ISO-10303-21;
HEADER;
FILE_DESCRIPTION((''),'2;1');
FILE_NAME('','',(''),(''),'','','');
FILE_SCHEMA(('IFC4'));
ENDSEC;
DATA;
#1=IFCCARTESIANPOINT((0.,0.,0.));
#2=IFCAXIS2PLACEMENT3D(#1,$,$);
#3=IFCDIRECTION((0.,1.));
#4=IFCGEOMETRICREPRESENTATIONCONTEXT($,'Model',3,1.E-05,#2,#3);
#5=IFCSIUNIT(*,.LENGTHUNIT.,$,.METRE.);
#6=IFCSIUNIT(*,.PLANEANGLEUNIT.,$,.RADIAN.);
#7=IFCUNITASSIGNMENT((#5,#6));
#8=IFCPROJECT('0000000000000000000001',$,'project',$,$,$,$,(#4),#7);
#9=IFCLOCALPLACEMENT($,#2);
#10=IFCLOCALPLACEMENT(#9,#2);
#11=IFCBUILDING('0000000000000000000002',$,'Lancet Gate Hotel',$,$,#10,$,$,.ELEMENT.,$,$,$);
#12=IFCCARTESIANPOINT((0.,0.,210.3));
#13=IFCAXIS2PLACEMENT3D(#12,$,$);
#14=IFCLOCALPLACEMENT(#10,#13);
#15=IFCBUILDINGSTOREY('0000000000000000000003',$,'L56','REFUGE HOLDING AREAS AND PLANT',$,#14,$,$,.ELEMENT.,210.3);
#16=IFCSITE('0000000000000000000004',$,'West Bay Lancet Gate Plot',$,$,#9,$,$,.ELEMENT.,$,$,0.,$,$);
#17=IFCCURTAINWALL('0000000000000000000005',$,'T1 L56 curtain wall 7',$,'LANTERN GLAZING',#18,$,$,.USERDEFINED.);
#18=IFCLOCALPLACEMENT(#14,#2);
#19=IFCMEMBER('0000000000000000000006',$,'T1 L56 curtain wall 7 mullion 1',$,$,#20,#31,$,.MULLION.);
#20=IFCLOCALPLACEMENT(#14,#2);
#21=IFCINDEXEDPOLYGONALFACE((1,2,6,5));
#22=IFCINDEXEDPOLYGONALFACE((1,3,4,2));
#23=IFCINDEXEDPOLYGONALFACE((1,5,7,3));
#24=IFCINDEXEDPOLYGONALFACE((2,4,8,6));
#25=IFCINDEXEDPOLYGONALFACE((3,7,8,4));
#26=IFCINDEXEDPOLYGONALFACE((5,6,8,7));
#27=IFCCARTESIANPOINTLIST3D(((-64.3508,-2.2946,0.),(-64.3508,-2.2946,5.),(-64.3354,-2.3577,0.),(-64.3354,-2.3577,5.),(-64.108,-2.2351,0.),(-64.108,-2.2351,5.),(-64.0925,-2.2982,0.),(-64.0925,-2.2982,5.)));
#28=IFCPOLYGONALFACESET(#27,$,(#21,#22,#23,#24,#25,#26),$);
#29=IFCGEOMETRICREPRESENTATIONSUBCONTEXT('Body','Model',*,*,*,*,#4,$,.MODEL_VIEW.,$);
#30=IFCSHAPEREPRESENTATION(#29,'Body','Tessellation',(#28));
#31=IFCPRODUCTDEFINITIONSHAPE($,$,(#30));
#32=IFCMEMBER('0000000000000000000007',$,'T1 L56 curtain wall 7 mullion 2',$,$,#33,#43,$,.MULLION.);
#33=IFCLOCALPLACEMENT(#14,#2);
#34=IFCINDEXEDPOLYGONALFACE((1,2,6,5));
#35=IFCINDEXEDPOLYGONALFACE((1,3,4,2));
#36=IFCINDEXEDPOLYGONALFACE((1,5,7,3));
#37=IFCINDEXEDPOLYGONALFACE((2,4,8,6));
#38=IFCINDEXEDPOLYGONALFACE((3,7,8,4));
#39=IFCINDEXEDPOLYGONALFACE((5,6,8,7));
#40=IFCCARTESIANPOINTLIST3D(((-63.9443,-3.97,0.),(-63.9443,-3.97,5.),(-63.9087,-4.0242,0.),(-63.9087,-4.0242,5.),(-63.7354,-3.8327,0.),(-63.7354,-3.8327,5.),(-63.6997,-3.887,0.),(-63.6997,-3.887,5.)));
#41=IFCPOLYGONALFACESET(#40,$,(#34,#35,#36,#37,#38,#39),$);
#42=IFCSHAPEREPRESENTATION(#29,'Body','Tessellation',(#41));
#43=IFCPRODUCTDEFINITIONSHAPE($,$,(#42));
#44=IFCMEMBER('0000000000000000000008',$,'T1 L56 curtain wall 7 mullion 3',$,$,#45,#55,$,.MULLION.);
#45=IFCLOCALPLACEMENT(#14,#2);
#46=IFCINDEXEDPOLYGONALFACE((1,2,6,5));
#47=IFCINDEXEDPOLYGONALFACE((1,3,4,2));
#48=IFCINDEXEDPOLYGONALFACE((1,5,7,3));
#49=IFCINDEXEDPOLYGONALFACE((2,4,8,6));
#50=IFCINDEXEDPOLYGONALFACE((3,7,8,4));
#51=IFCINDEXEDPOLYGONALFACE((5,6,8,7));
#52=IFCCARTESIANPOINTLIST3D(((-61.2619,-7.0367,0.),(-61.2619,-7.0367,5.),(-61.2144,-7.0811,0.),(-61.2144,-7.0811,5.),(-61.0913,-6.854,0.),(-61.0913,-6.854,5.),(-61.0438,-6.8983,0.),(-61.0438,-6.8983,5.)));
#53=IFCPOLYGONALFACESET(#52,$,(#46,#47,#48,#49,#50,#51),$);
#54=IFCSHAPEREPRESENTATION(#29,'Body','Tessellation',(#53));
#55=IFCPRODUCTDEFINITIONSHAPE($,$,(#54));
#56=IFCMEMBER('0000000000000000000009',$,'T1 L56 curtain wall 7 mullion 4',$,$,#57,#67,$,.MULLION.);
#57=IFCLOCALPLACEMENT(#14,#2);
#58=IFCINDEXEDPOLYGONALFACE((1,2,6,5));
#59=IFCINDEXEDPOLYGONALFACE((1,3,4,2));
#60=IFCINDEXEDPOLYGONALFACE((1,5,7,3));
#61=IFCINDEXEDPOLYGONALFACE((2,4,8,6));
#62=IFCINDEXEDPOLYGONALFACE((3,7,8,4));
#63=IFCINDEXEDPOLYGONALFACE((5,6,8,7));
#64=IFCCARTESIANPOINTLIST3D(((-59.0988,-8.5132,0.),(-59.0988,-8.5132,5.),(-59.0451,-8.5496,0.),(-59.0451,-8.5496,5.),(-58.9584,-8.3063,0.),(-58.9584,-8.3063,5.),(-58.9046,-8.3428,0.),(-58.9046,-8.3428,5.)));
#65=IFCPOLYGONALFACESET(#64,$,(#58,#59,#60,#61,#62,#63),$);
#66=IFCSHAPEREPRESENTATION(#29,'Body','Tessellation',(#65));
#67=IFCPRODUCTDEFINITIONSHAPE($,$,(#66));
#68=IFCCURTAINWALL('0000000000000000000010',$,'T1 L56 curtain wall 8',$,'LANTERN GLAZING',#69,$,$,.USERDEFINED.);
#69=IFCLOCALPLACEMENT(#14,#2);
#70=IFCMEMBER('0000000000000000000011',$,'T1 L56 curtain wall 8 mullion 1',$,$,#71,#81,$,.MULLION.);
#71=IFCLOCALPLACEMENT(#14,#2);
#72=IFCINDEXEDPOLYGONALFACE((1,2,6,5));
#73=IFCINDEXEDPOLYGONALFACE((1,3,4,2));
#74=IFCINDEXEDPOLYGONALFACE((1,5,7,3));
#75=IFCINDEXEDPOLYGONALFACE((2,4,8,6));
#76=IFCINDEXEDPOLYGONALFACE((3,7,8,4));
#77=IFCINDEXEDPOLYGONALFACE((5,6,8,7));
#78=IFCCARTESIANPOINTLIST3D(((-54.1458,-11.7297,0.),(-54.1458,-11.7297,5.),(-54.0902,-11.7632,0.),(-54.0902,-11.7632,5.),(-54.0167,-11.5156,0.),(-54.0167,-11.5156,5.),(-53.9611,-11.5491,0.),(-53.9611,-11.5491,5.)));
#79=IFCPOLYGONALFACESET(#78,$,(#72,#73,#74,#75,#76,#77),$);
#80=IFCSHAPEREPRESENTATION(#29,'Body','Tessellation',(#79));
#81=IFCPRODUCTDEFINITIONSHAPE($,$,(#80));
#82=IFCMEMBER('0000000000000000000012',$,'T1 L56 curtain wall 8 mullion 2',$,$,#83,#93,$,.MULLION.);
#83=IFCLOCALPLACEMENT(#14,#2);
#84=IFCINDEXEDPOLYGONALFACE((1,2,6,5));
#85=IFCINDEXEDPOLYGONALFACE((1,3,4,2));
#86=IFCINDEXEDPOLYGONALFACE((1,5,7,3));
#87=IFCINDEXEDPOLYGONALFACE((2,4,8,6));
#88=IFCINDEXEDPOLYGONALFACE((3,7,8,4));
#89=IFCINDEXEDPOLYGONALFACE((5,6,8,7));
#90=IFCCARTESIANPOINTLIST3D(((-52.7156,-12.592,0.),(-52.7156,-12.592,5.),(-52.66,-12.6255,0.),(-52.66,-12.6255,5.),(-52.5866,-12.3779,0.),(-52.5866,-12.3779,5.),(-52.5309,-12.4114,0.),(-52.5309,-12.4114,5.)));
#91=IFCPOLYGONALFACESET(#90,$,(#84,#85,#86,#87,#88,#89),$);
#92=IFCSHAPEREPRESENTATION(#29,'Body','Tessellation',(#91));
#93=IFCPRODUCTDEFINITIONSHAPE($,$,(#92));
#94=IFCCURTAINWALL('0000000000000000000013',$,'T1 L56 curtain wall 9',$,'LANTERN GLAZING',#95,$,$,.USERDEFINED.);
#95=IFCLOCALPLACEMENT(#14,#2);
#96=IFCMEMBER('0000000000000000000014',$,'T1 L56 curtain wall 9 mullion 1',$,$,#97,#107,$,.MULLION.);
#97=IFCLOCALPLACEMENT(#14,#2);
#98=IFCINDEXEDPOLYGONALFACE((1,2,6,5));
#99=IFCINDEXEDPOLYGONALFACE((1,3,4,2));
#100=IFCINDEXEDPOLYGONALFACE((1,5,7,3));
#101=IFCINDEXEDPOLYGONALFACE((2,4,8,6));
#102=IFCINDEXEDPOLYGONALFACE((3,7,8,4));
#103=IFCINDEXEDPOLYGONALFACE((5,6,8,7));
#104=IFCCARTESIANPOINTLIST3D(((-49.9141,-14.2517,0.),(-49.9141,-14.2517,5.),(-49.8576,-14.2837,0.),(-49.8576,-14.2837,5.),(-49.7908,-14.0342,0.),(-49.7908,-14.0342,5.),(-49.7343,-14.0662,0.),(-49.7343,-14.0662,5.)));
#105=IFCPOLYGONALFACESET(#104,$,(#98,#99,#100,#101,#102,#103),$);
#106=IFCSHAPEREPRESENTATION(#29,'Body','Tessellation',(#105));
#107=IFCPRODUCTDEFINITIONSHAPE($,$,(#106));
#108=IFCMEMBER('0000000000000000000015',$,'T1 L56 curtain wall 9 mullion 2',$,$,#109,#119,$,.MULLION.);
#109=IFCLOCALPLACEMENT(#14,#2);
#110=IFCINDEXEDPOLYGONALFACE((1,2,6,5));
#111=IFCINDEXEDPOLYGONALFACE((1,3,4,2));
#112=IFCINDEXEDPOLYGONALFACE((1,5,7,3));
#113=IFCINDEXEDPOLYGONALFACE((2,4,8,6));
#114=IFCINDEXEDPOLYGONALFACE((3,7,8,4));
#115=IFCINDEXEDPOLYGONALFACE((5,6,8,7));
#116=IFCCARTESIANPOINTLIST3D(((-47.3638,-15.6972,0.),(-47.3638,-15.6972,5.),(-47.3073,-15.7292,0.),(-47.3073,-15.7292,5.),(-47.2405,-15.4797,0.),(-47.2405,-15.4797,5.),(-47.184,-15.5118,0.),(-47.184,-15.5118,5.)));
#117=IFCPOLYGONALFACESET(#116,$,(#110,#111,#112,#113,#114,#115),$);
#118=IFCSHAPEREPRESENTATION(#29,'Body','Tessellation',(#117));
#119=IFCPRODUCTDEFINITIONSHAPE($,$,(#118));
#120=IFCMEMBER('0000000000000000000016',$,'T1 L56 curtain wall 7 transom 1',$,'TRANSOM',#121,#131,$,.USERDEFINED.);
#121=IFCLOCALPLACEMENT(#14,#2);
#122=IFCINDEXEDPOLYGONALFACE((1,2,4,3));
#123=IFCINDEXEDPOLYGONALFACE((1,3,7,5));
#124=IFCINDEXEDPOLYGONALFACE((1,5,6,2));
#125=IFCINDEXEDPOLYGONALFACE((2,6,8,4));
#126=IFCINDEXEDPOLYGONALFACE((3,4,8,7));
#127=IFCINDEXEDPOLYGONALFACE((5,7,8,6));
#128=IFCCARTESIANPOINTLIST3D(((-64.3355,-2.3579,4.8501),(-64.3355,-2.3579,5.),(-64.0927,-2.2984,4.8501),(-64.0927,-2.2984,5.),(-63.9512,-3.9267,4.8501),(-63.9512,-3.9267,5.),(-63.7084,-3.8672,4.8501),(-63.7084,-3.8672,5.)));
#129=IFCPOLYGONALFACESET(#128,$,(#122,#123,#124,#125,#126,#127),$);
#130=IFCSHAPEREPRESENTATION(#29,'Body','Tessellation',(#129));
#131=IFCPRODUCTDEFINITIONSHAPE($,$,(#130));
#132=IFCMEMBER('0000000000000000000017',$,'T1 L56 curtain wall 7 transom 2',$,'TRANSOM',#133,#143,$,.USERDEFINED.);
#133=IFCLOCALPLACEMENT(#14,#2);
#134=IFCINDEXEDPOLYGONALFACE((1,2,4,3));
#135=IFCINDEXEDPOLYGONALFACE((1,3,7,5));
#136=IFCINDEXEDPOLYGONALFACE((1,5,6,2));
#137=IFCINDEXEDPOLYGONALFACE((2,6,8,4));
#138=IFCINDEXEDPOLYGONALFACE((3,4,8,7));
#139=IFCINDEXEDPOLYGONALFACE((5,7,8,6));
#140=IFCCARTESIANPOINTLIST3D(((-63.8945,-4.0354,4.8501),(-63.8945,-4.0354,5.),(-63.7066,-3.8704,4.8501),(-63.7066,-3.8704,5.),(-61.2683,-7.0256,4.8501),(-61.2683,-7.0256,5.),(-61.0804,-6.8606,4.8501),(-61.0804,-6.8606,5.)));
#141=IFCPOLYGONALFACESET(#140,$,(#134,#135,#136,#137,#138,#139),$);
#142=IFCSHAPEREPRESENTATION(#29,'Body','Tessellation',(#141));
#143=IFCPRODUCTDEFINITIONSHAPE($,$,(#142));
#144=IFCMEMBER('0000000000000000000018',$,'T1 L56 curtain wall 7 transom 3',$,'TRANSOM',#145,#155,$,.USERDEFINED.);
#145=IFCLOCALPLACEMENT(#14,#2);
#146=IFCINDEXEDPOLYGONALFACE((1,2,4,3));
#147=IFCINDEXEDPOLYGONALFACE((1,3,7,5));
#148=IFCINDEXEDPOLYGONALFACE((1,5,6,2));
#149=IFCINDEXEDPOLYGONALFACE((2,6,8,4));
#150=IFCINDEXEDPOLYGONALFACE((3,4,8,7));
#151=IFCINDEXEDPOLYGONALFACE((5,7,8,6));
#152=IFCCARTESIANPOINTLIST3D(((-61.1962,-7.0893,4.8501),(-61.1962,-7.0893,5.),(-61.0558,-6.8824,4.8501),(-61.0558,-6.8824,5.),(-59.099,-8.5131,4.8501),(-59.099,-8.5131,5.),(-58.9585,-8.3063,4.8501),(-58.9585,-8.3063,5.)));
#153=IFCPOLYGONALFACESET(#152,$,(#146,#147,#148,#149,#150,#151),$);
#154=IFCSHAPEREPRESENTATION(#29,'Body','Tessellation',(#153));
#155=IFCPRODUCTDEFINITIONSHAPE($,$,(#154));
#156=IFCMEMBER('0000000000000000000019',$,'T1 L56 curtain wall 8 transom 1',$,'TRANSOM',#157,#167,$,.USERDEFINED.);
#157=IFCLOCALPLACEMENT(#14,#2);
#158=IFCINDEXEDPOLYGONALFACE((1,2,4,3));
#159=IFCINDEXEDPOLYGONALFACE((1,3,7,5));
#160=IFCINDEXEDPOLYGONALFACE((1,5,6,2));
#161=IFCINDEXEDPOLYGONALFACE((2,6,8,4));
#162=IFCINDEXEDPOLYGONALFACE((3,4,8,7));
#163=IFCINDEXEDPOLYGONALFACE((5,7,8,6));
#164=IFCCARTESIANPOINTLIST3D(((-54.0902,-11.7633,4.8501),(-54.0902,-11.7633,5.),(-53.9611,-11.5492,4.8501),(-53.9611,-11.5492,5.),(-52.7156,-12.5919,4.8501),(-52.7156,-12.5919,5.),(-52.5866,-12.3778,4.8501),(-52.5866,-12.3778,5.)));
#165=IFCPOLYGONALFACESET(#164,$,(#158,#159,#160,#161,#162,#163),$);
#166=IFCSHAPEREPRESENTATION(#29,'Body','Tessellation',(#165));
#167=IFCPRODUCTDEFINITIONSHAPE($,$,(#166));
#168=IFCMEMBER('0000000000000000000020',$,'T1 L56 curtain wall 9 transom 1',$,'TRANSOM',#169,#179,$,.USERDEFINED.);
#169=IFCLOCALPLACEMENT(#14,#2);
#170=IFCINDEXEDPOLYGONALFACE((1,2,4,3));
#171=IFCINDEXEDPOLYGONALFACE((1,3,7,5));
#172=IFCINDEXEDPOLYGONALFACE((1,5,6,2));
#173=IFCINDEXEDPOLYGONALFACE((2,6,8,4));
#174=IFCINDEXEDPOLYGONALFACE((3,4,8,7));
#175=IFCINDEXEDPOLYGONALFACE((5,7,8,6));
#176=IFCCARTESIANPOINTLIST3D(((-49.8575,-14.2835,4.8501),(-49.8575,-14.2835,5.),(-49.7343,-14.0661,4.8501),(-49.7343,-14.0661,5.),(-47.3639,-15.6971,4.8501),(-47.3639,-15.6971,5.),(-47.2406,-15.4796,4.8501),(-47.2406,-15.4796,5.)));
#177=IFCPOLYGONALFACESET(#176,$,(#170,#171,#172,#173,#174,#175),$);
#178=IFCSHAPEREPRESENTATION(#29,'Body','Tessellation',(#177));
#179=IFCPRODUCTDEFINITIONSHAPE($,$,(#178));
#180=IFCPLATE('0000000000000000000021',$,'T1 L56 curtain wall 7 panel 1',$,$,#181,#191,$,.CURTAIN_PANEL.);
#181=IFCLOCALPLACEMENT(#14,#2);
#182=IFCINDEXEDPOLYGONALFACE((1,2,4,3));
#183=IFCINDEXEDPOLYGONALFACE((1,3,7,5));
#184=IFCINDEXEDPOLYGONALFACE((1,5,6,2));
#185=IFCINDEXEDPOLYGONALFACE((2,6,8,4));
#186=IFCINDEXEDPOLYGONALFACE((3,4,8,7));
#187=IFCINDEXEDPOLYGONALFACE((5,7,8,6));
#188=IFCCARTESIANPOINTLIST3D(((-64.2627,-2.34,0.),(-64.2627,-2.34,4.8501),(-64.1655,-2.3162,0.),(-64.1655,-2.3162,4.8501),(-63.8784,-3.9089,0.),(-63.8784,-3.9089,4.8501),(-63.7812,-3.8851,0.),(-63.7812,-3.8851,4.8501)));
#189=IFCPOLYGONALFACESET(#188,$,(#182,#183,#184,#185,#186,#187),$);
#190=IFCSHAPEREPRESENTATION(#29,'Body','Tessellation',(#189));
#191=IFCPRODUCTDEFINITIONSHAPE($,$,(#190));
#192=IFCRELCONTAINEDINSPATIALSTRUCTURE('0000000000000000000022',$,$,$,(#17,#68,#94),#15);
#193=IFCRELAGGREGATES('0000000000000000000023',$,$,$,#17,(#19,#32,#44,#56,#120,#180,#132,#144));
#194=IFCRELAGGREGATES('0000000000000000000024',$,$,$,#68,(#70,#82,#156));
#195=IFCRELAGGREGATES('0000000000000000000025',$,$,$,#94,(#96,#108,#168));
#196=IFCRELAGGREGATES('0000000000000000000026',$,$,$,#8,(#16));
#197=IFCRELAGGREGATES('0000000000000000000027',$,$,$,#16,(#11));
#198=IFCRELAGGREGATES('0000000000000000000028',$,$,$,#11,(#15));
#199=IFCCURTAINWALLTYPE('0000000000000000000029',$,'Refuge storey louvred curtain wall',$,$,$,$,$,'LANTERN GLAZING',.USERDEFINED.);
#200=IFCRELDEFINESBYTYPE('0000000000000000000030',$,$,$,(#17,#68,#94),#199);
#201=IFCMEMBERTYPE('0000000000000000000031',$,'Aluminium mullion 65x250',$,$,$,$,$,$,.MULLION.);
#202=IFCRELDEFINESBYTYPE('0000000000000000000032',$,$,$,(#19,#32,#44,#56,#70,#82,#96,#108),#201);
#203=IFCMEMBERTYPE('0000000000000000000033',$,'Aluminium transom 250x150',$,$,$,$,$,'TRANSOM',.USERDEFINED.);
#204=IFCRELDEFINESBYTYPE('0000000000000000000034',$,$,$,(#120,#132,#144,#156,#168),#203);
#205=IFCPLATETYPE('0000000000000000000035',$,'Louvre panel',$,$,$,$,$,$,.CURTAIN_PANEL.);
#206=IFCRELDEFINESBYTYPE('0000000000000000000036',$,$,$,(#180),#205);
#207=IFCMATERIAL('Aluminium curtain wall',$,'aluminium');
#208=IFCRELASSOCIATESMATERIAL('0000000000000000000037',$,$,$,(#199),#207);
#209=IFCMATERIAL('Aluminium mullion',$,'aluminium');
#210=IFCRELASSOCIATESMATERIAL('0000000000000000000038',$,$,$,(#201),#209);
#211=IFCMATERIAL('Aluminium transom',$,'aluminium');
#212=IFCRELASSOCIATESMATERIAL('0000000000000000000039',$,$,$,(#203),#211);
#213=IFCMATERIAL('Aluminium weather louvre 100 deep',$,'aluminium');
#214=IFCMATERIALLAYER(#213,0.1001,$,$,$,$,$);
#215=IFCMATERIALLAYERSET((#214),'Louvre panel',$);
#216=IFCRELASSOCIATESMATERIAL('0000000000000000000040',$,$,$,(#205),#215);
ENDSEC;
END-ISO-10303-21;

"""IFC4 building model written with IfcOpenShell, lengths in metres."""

from ifc_helpers import new_model, si_unit, direction, frame, origin, origin_2d, place, context, subcontext, project, spatial, rectangle, extrude, material, layer, layer_set, material_profile, profile_set, type_object, element, aggregate, save


model = new_model("IFC4")

# Units and contexts
model_context = context("Model", 3, precision=1e-05, world=origin(), true_north=direction((0.0, 1.0)))
body_context = subcontext(model_context, "Body", "Model", "MODEL_VIEW")
ifc_project = project(units=[si_unit("LENGTHUNIT", "METRE"), si_unit("PLANEANGLEUNIT", "RADIAN")], contexts=[model_context])

# Site, building, storey
site_placement = place(None, origin())
site = spatial("IfcSite", under=ifc_project, at=site_placement, Name="West Bay Lancet Gate Plot", CompositionType="ELEMENT", RefElevation=0.0)
building_placement = place(site_placement, origin())
building = spatial("IfcBuilding", under=site, at=building_placement, Name="Lancet Gate Hotel", CompositionType="ELEMENT")
storey_placement = place(building_placement, frame((0.0, 0.0, 210.3)))
storey = spatial("IfcBuildingStorey", under=building, at=storey_placement, Name="L56", Description="REFUGE HOLDING AREAS AND PLANT", CompositionType="ELEMENT", Elevation=210.3)

# Curtain walls, members
ifc_material_1 = material(Name="Aluminium curtain wall", Category="aluminium")
curtain_wall_type = type_object("IfcCurtainWallType", Name="Refuge storey louvred curtain wall", ElementType="LANTERN GLAZING", PredefinedType="USERDEFINED", material=ifc_material_1)
curtain_wall_1_placement = place(storey_placement, origin())
curtain_wall_1 = element("IfcCurtainWall", 1, at=curtain_wall_1_placement, inside=storey, type_object=curtain_wall_type, Name="T1 L56 curtain wall 7", ObjectType="LANTERN GLAZING", PredefinedType="USERDEFINED")
ifc_material_2 = material(Name="Aluminium mullion", Category="aluminium")
ifc_material_profile_1 = material_profile(ifc_material_2, rectangle(XDim=0.0649, YDim=0.25, at=origin_2d()), Name="MULLION 65x250")
ifc_profile_set_1 = profile_set([ifc_material_profile_1], Name="Aluminium mullion")
member_type_1 = type_object("IfcMemberType", Name="Aluminium mullion 65x250", PredefinedType="MULLION", material=ifc_profile_set_1)
member_1_placement = place(storey_placement, frame((-64.2217, -2.2964, 0.0), z_axis=(0.0, 0.0, 1.0), x_axis=(0.237921, -0.971285, 0.0)))
member_1 = element("IfcMember", 2, at=member_1_placement, type_object=member_type_1, Name="T1 L56 curtain wall 7 mullion 1", PredefinedType="MULLION", context=body_context, shape_type="SweptSolid", body=[
    extrude(rectangle(XDim=0.0649, YDim=0.25, at=origin_2d()), origin(), (0.0, 0.0, 1.0), 5.0),
])
member_2_placement = place(storey_placement, frame((-63.822, -3.9285, 0.0), z_axis=(0.0, 0.0, 1.0), x_axis=(0.549086, -0.835766, 0.0)))
member_2 = element("IfcMember", 3, at=member_2_placement, type_object=member_type_1, Name="T1 L56 curtain wall 7 mullion 2", PredefinedType="MULLION", context=body_context, shape_type="SweptSolid", body=[
    extrude(rectangle(XDim=0.0649, YDim=0.25, at=origin_2d()), origin(), (0.0, 0.0, 1.0), 5.0),
])
member_3_placement = place(storey_placement, frame((-61.1528, -6.9675, 0.0), z_axis=(0.0, 0.0, 1.0), x_axis=(0.731008, -0.682369, 0.0)))
member_3 = element("IfcMember", 4, at=member_3_placement, type_object=member_type_1, Name="T1 L56 curtain wall 7 mullion 3", PredefinedType="MULLION", context=body_context, shape_type="SweptSolid", body=[
    extrude(rectangle(XDim=0.0649, YDim=0.25, at=origin_2d()), origin(), (0.0, 0.0, 1.0), 5.0),
])
member_4_placement = place(storey_placement, frame((-59.0017, -8.428, 0.0), z_axis=(0.0, 0.0, 1.0), x_axis=(0.827342, -0.561698, 0.0)))
member_4 = element("IfcMember", 5, at=member_4_placement, type_object=member_type_1, Name="T1 L56 curtain wall 7 mullion 4", PredefinedType="MULLION", context=body_context, shape_type="SweptSolid", body=[
    extrude(rectangle(XDim=0.0649, YDim=0.25, at=origin_2d()), origin(), (0.0, 0.0, 1.0), 5.0),
])
curtain_wall_2_placement = place(storey_placement, origin())
curtain_wall_2 = element("IfcCurtainWall", 6, at=curtain_wall_2_placement, inside=storey, type_object=curtain_wall_type, Name="T1 L56 curtain wall 8", ObjectType="LANTERN GLAZING", PredefinedType="USERDEFINED")
member_5_placement = place(storey_placement, frame((-54.0535, -11.6394, 0.0), z_axis=(0.0, 0.0, 1.0), x_axis=(0.85637, -0.516363, 0.0)))
member_5 = element("IfcMember", 7, at=member_5_placement, type_object=member_type_1, Name="T1 L56 curtain wall 8 mullion 1", PredefinedType="MULLION", context=body_context, shape_type="SweptSolid", body=[
    extrude(rectangle(XDim=0.0649, YDim=0.25, at=origin_2d()), origin(), (0.0, 0.0, 1.0), 5.0),
])
member_6_placement = place(storey_placement, frame((-52.6233, -12.5017, 0.0), z_axis=(0.0, 0.0, 1.0), x_axis=(0.85637, -0.516363, 0.0)))
member_6 = element("IfcMember", 8, at=member_6_placement, type_object=member_type_1, Name="T1 L56 curtain wall 8 mullion 2", PredefinedType="MULLION", context=body_context, shape_type="SweptSolid", body=[
    extrude(rectangle(XDim=0.0649, YDim=0.25, at=origin_2d()), origin(), (0.0, 0.0, 1.0), 5.0),
])
curtain_wall_3_placement = place(storey_placement, origin())
curtain_wall_3 = element("IfcCurtainWall", 9, at=curtain_wall_3_placement, inside=storey, type_object=curtain_wall_type, Name="T1 L56 curtain wall 9", ObjectType="LANTERN GLAZING", PredefinedType="USERDEFINED")
member_7_placement = place(storey_placement, frame((-49.8242, -14.1589, 0.0), z_axis=(0.0, 0.0, 1.0), x_axis=(0.869958, -0.493126, 0.0)))
member_7 = element("IfcMember", 10, at=member_7_placement, type_object=member_type_1, Name="T1 L56 curtain wall 9 mullion 1", PredefinedType="MULLION", context=body_context, shape_type="SweptSolid", body=[
    extrude(rectangle(XDim=0.0649, YDim=0.25, at=origin_2d()), origin(), (0.0, 0.0, 1.0), 5.0),
])
member_8_placement = place(storey_placement, frame((-47.2739, -15.6045, 0.0), z_axis=(0.0, 0.0, 1.0), x_axis=(0.869958, -0.493126, 0.0)))
member_8 = element("IfcMember", 11, at=member_8_placement, type_object=member_type_1, Name="T1 L56 curtain wall 9 mullion 2", PredefinedType="MULLION", context=body_context, shape_type="SweptSolid", body=[
    extrude(rectangle(XDim=0.0649, YDim=0.25, at=origin_2d()), origin(), (0.0, 0.0, 1.0), 5.0),
])

# Members
ifc_material_3 = material(Name="Aluminium transom", Category="aluminium")
ifc_material_profile_2 = material_profile(ifc_material_3, rectangle(XDim=0.25, YDim=0.1499, at=origin_2d()), Name="TRANSOM 250x150")
ifc_profile_set_2 = profile_set([ifc_material_profile_2], Name="Aluminium transom")
member_type_2 = type_object("IfcMemberType", Name="Aluminium transom 250x150", ElementType="TRANSOM", PredefinedType="USERDEFINED", material=ifc_profile_set_2)
member_9_placement = place(storey_placement, frame((-64.2141, -2.3281, 4.925), z_axis=(0.237909, -0.971287, 0.0), x_axis=(0.971287, 0.237909, 0.0)))
member_9 = element("IfcMember", 12, at=member_9_placement, type_object=member_type_2, Name="T1 L56 curtain wall 7 transom 1", ObjectType="TRANSOM", PredefinedType="USERDEFINED", context=body_context, shape_type="SweptSolid", body=[
    extrude(rectangle(XDim=0.25, YDim=0.1499, at=origin_2d()), origin(), (0.0, 0.0, 1.0), 1.6152),
])
member_10_placement = place(storey_placement, frame((-63.8005, -3.9529, 4.925), z_axis=(0.659893, -0.751359, 0.0), x_axis=(0.751359, 0.659893, 0.0)))
member_10 = element("IfcMember", 13, at=member_10_placement, type_object=member_type_2, Name="T1 L56 curtain wall 7 transom 2", ObjectType="TRANSOM", PredefinedType="USERDEFINED", context=body_context, shape_type="SweptSolid", body=[
    extrude(rectangle(XDim=0.25, YDim=0.1499, at=origin_2d()), origin(), (0.0, 0.0, 1.0), 3.9797),
])
member_11_placement = place(storey_placement, frame((-61.126, -6.9858, 4.925), z_axis=(0.827338, -0.561704, 0.0), x_axis=(0.561704, 0.827338, 0.0)))
member_11 = element("IfcMember", 14, at=member_11_placement, type_object=member_type_2, Name="T1 L56 curtain wall 7 transom 3", ObjectType="TRANSOM", PredefinedType="USERDEFINED", context=body_context, shape_type="SweptSolid", body=[
    extrude(rectangle(XDim=0.25, YDim=0.1499, at=origin_2d()), origin(), (0.0, 0.0, 1.0), 2.5349),
])
member_12_placement = place(storey_placement, frame((-54.0256, -11.6562, 4.925), z_axis=(0.856417, -0.516284, 0.0), x_axis=(0.516284, 0.856417, 0.0)))
member_12 = element("IfcMember", 15, at=member_12_placement, type_object=member_type_2, Name="T1 L56 curtain wall 8 transom 1", ObjectType="TRANSOM", PredefinedType="USERDEFINED", context=body_context, shape_type="SweptSolid", body=[
    extrude(rectangle(XDim=0.25, YDim=0.1499, at=origin_2d()), origin(), (0.0, 0.0, 1.0), 1.605),
])
member_13_placement = place(storey_placement, frame((-49.7959, -14.1748, 4.925), z_axis=(0.869947, -0.493146, 0.0), x_axis=(0.493146, 0.869947, 0.0)))
member_13 = element("IfcMember", 16, at=member_13_placement, type_object=member_type_2, Name="T1 L56 curtain wall 9 transom 1", ObjectType="TRANSOM", PredefinedType="USERDEFINED", context=body_context, shape_type="SweptSolid", body=[
    extrude(rectangle(XDim=0.25, YDim=0.1499, at=origin_2d()), origin(), (0.0, 0.0, 1.0), 2.8665),
])

# Plate
ifc_material_4 = material(Name="Aluminium weather louvre 100 deep", Category="aluminium")
ifc_layer_1 = layer(ifc_material_4, 0.1001)
ifc_layer_set_1 = layer_set([ifc_layer_1], Name="Louvre panel")
plate_type = type_object("IfcPlateType", Name="Louvre panel", PredefinedType="CURTAIN_PANEL", material=ifc_layer_set_1)
plate_1_placement = place(storey_placement, frame((-64.022, -3.1125, 0.0), z_axis=(0.0, 0.0, 1.0), x_axis=(0.237921, -0.971285, 0.0)))
plate_1 = element("IfcPlate", 17, at=plate_1_placement, type_object=plate_type, Name="T1 L56 curtain wall 7 panel 1", PredefinedType="CURTAIN_PANEL", context=body_context, shape_type="SweptSolid", body=[
    extrude(rectangle(XDim=1.6152, YDim=0.1001, at=origin_2d()), origin(), (0.0, 0.0, 1.0), 4.8501),
])
aggregate(curtain_wall_1, [member_1, member_2, member_3, member_4, member_9, plate_1, member_10, member_11])
aggregate(curtain_wall_2, [member_5, member_6, member_12])
aggregate(curtain_wall_3, [member_7, member_8, member_13])

save(model, "model.ifc")
